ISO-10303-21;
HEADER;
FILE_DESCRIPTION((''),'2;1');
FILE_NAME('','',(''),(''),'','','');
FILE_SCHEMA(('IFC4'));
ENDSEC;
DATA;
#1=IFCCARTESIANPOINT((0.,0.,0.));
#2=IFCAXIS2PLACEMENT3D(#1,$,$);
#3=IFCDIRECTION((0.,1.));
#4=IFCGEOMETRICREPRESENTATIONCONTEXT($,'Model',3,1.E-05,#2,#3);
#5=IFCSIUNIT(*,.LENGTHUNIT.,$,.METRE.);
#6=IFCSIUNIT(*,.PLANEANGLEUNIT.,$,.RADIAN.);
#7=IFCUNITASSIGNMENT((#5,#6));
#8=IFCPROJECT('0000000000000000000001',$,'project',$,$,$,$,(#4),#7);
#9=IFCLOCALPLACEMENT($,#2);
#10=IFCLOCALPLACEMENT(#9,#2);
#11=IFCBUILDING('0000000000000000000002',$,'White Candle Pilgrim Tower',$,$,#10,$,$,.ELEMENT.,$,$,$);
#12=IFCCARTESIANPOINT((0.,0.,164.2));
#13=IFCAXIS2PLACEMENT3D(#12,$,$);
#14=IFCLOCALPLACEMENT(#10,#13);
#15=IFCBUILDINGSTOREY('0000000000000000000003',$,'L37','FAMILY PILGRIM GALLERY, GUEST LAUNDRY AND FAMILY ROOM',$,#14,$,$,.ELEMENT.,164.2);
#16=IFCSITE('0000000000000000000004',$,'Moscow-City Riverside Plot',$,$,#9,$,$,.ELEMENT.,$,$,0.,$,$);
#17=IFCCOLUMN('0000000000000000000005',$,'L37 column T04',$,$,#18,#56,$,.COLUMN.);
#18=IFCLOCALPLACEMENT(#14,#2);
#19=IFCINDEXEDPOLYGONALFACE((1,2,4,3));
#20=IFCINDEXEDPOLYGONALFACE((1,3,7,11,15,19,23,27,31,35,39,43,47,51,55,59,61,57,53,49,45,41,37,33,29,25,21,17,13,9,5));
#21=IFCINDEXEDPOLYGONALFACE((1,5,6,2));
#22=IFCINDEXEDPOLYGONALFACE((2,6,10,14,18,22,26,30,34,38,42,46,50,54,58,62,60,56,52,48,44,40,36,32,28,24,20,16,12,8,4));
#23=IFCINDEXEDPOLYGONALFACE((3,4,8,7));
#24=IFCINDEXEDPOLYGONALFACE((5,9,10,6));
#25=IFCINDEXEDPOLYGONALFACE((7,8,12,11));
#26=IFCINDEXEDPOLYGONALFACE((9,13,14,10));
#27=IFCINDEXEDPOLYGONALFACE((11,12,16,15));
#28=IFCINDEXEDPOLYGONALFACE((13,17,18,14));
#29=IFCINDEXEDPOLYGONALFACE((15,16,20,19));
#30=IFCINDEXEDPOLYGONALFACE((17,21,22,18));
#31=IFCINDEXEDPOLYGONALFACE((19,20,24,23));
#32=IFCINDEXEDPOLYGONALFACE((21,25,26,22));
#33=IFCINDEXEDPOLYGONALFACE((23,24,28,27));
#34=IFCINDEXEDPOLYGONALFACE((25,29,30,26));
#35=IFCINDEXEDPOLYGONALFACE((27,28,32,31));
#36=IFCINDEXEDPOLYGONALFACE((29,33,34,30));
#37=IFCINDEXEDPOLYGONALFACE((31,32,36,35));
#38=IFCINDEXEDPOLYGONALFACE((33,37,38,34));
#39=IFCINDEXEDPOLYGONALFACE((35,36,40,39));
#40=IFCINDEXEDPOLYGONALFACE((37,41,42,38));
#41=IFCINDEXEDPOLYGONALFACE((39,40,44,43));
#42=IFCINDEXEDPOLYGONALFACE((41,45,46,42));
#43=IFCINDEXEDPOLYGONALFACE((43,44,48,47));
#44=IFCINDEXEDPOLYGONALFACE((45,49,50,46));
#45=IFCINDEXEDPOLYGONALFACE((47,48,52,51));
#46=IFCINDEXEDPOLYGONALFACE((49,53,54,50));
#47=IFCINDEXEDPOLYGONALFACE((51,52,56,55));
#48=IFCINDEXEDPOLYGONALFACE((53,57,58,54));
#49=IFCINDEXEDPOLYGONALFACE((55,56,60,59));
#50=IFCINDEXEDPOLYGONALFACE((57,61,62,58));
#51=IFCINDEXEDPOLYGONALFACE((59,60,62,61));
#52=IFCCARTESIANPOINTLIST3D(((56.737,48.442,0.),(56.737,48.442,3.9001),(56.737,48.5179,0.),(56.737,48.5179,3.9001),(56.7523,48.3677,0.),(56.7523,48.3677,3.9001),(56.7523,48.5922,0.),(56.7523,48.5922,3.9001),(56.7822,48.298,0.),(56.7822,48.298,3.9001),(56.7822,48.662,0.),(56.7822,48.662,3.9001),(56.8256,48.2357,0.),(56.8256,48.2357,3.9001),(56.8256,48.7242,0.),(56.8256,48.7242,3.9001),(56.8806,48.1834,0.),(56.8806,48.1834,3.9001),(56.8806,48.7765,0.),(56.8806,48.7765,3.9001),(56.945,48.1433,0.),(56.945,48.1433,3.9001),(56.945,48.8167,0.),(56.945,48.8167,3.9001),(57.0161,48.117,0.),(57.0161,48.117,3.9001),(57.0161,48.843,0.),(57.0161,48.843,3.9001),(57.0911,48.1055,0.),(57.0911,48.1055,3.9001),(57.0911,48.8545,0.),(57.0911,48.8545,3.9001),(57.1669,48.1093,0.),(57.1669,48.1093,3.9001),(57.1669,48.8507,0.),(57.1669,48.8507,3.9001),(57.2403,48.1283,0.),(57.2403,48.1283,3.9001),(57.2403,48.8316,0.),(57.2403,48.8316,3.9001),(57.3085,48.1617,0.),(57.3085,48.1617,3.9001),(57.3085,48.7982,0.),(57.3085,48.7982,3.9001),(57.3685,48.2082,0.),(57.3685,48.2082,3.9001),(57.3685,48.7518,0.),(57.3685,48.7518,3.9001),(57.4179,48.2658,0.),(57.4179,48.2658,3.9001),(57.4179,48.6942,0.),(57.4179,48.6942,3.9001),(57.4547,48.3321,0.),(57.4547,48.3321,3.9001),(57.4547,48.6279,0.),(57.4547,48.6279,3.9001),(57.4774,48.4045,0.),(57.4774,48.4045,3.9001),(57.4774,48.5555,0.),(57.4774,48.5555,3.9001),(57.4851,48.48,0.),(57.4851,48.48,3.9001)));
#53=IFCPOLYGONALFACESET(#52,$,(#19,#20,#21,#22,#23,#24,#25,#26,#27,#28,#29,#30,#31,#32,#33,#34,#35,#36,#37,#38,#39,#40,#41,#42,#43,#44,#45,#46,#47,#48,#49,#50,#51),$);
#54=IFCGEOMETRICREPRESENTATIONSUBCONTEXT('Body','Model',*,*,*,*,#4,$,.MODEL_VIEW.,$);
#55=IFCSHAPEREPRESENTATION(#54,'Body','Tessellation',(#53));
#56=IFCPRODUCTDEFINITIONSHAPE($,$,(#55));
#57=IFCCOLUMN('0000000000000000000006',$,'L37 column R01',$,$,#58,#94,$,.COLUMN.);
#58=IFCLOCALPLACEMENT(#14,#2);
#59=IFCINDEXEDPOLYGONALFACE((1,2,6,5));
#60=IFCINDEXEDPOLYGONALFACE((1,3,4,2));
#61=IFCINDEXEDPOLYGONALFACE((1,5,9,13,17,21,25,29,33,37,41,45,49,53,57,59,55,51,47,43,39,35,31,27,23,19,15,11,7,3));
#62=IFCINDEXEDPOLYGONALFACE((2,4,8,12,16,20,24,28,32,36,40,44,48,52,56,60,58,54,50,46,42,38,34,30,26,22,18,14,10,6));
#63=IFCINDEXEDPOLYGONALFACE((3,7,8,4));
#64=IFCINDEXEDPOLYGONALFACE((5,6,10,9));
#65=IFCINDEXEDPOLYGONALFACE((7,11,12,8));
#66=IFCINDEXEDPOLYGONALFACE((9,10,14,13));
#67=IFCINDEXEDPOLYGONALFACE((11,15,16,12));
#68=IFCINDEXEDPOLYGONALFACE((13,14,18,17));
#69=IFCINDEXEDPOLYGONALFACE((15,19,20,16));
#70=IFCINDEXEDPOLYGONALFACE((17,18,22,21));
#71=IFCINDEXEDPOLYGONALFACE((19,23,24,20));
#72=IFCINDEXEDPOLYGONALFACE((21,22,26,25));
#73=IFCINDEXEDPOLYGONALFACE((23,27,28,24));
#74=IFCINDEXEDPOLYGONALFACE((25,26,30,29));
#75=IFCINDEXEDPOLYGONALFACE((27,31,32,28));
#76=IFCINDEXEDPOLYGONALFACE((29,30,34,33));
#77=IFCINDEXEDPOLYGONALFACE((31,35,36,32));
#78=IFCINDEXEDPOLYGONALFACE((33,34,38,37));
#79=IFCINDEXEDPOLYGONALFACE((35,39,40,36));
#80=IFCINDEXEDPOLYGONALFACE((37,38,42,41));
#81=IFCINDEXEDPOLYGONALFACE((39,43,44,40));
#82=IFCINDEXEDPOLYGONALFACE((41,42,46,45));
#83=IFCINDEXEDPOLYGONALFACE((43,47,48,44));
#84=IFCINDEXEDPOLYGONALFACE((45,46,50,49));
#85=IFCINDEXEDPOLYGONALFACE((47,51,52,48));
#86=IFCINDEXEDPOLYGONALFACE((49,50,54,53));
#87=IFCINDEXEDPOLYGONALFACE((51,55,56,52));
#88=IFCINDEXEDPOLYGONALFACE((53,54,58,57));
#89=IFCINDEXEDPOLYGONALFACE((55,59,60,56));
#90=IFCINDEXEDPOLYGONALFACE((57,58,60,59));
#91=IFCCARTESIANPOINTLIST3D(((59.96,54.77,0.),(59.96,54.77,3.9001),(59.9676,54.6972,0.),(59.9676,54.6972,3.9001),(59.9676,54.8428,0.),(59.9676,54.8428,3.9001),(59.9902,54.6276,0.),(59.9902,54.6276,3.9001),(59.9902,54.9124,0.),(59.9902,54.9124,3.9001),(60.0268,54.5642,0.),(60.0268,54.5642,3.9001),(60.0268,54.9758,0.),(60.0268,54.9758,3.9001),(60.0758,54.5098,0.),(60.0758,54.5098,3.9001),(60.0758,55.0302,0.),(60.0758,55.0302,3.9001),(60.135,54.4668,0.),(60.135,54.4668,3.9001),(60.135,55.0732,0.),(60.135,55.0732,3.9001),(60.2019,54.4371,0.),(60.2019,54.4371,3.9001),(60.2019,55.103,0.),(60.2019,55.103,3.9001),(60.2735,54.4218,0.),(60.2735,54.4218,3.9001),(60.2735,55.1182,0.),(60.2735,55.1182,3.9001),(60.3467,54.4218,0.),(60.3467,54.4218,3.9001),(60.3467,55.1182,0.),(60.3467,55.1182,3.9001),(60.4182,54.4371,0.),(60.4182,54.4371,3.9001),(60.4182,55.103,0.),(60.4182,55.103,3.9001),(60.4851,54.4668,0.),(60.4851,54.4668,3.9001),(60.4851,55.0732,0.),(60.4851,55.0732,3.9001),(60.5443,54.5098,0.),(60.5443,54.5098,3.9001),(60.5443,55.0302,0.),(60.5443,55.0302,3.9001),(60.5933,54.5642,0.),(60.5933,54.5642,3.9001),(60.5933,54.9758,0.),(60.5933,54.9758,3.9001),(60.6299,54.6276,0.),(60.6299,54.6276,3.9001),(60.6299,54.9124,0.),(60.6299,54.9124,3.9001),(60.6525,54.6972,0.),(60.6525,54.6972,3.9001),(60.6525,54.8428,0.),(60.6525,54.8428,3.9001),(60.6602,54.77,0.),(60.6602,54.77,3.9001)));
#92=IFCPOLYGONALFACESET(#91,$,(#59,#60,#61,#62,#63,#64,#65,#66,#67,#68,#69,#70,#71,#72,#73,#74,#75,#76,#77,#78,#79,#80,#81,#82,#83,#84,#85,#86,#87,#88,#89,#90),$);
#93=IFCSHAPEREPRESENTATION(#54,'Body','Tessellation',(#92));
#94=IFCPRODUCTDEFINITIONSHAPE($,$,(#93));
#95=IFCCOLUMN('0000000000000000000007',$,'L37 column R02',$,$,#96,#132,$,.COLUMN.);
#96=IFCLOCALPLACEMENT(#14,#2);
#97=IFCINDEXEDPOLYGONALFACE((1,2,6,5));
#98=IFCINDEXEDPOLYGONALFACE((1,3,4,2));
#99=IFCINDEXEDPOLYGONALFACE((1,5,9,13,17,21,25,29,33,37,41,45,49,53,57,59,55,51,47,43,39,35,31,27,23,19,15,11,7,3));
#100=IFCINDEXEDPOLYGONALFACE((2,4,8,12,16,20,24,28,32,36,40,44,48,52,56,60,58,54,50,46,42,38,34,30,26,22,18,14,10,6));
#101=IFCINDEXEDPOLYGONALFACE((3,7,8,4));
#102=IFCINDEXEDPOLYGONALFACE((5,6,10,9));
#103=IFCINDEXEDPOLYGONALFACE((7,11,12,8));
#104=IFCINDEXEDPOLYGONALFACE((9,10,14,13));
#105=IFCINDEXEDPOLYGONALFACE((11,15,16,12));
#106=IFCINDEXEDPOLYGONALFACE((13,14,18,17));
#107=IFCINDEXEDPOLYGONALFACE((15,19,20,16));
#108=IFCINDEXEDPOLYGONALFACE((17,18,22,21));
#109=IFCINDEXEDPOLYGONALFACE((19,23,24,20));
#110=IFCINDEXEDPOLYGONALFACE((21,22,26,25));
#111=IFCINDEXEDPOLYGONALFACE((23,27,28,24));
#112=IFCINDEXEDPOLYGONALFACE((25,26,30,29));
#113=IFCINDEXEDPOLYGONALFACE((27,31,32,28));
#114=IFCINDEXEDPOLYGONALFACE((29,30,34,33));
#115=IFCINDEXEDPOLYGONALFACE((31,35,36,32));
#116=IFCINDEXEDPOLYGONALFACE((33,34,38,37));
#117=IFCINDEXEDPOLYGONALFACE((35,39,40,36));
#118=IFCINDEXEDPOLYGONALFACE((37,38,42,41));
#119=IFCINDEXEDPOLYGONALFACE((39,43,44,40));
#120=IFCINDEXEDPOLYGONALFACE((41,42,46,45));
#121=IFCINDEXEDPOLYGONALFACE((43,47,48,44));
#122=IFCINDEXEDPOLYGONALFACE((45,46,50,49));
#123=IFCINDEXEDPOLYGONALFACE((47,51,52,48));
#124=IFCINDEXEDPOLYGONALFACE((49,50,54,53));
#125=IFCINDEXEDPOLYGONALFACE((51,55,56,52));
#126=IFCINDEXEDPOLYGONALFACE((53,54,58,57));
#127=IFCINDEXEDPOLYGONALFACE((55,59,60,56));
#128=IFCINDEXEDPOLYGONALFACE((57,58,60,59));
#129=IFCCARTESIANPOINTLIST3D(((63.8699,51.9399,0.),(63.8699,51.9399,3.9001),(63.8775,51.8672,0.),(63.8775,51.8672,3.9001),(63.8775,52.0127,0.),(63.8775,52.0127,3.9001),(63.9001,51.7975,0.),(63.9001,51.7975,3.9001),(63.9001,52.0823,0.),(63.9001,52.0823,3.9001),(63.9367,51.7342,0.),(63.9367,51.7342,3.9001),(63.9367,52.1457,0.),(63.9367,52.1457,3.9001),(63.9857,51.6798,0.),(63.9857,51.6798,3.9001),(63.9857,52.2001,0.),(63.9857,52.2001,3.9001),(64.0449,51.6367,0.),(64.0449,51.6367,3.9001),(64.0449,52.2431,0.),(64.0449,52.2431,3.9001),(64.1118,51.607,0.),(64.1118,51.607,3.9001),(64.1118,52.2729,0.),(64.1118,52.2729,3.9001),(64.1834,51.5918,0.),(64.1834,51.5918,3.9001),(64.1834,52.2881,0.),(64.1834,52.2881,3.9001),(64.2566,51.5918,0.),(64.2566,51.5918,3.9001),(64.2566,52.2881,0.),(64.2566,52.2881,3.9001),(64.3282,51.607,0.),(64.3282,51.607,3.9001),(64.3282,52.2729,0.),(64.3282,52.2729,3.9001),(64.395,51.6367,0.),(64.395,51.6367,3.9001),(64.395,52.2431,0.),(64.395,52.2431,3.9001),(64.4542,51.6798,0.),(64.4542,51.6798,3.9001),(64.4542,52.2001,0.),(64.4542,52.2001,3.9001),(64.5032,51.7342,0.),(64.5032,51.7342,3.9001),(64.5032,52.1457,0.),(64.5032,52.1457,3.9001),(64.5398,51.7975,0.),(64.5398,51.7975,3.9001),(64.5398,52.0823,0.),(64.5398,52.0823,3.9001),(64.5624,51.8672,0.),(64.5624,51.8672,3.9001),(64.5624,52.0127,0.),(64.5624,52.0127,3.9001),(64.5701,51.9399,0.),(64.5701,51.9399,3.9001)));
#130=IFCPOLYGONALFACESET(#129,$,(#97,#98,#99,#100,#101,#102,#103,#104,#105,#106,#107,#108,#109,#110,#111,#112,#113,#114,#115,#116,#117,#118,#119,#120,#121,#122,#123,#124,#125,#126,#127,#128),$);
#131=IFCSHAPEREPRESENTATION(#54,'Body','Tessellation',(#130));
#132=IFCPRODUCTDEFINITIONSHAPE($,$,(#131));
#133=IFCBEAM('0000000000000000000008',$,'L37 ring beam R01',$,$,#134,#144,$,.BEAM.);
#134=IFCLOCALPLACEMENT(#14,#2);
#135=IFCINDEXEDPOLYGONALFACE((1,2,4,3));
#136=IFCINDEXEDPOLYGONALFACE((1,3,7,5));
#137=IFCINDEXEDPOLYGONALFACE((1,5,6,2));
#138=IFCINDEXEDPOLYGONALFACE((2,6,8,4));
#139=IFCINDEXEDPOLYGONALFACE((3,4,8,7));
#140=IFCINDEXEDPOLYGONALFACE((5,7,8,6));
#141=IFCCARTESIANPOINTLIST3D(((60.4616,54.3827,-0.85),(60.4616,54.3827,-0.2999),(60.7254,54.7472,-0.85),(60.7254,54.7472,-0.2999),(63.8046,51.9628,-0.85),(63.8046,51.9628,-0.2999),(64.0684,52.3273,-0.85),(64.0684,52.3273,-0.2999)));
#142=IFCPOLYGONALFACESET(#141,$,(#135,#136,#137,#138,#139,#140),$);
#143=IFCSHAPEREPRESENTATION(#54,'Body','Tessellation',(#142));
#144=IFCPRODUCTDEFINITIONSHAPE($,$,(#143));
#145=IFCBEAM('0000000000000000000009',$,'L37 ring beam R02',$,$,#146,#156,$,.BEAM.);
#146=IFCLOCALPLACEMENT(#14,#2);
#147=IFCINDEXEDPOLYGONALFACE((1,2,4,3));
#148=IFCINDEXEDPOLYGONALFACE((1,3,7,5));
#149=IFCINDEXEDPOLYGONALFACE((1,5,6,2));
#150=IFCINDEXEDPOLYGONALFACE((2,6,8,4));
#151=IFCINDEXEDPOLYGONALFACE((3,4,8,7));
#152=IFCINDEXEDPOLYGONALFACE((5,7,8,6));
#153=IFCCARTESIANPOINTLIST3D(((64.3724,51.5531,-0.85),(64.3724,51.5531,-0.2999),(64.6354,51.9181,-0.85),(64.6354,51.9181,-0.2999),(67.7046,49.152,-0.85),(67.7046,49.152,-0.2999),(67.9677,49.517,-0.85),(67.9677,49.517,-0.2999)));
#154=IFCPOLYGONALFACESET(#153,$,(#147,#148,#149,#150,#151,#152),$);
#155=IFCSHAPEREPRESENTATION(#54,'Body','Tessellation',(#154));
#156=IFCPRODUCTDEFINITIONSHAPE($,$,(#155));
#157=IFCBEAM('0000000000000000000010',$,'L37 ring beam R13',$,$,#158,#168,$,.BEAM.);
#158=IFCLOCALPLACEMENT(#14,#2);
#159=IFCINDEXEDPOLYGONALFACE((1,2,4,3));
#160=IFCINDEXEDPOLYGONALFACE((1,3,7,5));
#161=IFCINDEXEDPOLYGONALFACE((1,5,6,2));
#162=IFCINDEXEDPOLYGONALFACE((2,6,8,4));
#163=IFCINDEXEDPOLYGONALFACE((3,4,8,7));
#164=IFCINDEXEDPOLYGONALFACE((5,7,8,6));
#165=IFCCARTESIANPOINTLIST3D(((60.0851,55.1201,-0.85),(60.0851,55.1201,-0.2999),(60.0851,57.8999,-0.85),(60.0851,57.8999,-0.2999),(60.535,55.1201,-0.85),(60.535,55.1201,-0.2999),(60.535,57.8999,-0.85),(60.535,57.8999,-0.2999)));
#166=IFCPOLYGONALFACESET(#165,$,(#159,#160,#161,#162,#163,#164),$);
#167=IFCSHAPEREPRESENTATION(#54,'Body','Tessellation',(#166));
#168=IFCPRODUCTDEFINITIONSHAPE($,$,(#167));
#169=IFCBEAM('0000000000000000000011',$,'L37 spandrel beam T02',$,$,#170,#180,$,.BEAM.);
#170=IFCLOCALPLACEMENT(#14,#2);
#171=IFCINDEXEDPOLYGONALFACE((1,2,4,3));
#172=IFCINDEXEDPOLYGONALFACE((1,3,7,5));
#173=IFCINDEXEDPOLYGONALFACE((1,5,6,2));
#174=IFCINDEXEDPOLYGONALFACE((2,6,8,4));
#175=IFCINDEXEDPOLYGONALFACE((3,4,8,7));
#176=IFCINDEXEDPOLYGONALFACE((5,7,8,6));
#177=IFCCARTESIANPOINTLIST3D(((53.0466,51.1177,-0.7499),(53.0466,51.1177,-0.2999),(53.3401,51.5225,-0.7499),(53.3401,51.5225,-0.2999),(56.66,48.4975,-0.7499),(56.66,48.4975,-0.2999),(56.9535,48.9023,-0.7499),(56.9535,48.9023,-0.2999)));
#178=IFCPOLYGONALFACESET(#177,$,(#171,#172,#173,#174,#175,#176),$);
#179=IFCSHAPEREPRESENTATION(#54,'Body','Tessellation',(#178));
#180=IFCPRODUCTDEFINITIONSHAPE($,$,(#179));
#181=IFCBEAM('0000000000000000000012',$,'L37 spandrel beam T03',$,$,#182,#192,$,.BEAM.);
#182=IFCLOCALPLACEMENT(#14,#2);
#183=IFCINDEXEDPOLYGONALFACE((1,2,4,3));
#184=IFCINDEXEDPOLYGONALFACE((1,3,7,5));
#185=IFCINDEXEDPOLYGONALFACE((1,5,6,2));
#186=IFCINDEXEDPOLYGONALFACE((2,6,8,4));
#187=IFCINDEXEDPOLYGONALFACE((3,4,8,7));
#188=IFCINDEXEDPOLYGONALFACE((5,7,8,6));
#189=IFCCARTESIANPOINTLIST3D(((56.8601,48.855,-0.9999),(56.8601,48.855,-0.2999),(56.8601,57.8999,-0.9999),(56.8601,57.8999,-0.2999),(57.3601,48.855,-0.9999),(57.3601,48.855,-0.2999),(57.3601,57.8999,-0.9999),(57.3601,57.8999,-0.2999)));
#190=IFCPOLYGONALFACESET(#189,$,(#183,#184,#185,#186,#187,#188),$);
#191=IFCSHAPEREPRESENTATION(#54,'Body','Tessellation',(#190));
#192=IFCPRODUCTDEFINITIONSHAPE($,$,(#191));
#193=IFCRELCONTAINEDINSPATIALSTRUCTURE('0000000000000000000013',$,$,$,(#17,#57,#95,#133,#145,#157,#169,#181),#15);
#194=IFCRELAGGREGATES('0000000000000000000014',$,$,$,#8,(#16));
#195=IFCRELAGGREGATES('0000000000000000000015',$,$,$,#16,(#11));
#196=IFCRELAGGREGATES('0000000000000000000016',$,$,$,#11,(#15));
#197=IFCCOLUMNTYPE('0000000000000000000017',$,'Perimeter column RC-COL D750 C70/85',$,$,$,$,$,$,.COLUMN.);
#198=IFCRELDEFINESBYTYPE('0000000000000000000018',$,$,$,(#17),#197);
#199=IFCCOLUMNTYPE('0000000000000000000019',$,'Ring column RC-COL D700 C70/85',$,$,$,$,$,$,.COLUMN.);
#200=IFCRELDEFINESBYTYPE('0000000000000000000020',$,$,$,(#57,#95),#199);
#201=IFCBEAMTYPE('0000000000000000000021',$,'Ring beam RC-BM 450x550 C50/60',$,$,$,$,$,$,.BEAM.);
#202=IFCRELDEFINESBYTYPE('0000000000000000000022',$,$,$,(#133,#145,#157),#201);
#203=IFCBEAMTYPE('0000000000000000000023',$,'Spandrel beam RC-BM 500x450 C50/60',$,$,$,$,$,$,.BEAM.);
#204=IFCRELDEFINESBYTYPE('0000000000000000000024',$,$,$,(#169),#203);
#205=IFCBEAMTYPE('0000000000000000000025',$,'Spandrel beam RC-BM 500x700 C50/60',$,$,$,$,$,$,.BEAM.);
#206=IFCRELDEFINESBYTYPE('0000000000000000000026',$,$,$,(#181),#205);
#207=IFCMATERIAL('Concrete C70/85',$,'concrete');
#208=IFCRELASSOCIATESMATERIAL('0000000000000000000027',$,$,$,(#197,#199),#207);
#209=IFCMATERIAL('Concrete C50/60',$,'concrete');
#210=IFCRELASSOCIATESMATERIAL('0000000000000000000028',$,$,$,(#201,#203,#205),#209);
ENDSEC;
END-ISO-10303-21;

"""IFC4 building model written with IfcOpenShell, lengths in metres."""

from ifc_helpers import new_model, si_unit, direction, frame, origin, origin_2d, place, context, subcontext, project, spatial, rectangle, circle, extrude, material, material_profile, profile_set, type_object, element, save


model = new_model("IFC4")

# Units and contexts
model_context = context("Model", 3, precision=1e-05, world=origin(), true_north=direction((0.0, 1.0)))
body_context = subcontext(model_context, "Body", "Model", "MODEL_VIEW")
ifc_project = project(units=[si_unit("LENGTHUNIT", "METRE"), si_unit("PLANEANGLEUNIT", "RADIAN")], contexts=[model_context])

# Site, building, storey
site_placement = place(None, origin())
site = spatial("IfcSite", under=ifc_project, at=site_placement, Name="Moscow-City Riverside Plot", CompositionType="ELEMENT", RefElevation=0.0)
building_placement = place(site_placement, origin())
building = spatial("IfcBuilding", under=site, at=building_placement, Name="White Candle Pilgrim Tower", CompositionType="ELEMENT")
storey_placement = place(building_placement, frame((0.0, 0.0, 164.2)))
storey = spatial("IfcBuildingStorey", under=building, at=storey_placement, Name="L37", Description="FAMILY PILGRIM GALLERY, GUEST LAUNDRY AND FAMILY ROOM", CompositionType="ELEMENT", Elevation=164.2)

# Columns
ifc_material_1 = material(Name="Concrete C70/85", Category="concrete")
ifc_material_profile_1 = material_profile(ifc_material_1, circle(Radius=0.375, at=origin_2d()), Name="RC-COL D750")
ifc_profile_set_1 = profile_set([ifc_material_profile_1], Name="Concrete C70/85")
column_type_1 = type_object("IfcColumnType", Name="Perimeter column RC-COL D750 C70/85", PredefinedType="COLUMN", material=ifc_profile_set_1)
column_placement = place(storey_placement, frame((57.1101, 48.48, 0.0), z_axis=(0.0, 0.0, 1.0), x_axis=(1.0, 0.0, 0.0)))
element("IfcColumn", 1, at=column_placement, inside=storey, type_object=column_type_1, Name="L37 column T04", PredefinedType="COLUMN", context=body_context, shape_type="SweptSolid", body=[
    extrude(circle(Radius=0.375, at=origin_2d()), origin(), (0.0, 0.0, 1.0), 3.9001),
])
ifc_material_profile_2 = material_profile(ifc_material_1, circle(Radius=0.3501, at=origin_2d()), Name="RC-COL D700")
ifc_profile_set_2 = profile_set([ifc_material_profile_2], Name="Concrete C70/85")
column_type_2 = type_object("IfcColumnType", Name="Ring column RC-COL D700 C70/85", PredefinedType="COLUMN", material=ifc_profile_set_2)
for number, where, z_axis, x_axis, name in (
    (2, (60.3101, 54.77, 0.0), (0.0, 0.0, 1.0), (1.0, 0.0, 0.0), "L37 column R01"),
    (3, (64.22, 51.9399, 0.0), (0.0, 0.0, 1.0), (1.0, 0.0, 0.0), "L37 column R02"),
):
    element("IfcColumn", number, at=place(storey_placement, frame(where, z_axis=z_axis, x_axis=x_axis)), inside=storey, type_object=column_type_2, Name=name, PredefinedType="COLUMN", context=body_context, shape_type="SweptSolid", body=[
        extrude(circle(Radius=0.3501, at=origin_2d()), origin(), (0.0, 0.0, 1.0), 3.9001),
    ])

# Beams
ifc_material_2 = material(Name="Concrete C50/60", Category="concrete")
ifc_material_profile_3 = material_profile(ifc_material_2, rectangle(XDim=0.45, YDim=0.55, at=origin_2d()), Name="RC-BM 450x550")
ifc_profile_set_3 = profile_set([ifc_material_profile_3], Name="Concrete C50/60")
beam_type_1 = type_object("IfcBeamType", Name="Ring beam RC-BM 450x550 C50/60", PredefinedType="BEAM", material=ifc_profile_set_3)
beam_1_placement = place(storey_placement, frame((60.5935, 54.5649, -0.575), z_axis=(0.810044, -0.586369, 0.0), x_axis=(0.586369, 0.810044, 0.0)))
element("IfcBeam", 4, at=beam_1_placement, inside=storey, type_object=beam_type_1, Name="L37 ring beam R01", PredefinedType="BEAM", context=body_context, shape_type="SweptSolid", body=[
    extrude(rectangle(XDim=0.45, YDim=0.55, at=origin_2d()), origin(), (0.0, 0.0, 1.0), 4.127),
])
beam_2_placement = place(storey_placement, frame((64.5039, 51.7356, -0.575), z_axis=(0.811317, -0.584607, 0.0), x_axis=(0.584607, 0.811317, 0.0)))
element("IfcBeam", 5, at=beam_2_placement, inside=storey, type_object=beam_type_1, Name="L37 ring beam R02", PredefinedType="BEAM", context=body_context, shape_type="SweptSolid", body=[
    extrude(rectangle(XDim=0.45, YDim=0.55, at=origin_2d()), origin(), (0.0, 0.0, 1.0), 4.1072),
])
beam_3_placement = place(storey_placement, frame((60.3101, 55.1201, -0.575), z_axis=(0.0, 1.0, 0.0), x_axis=(-1.0, 0.0, 0.0)))
element("IfcBeam", 6, at=beam_3_placement, inside=storey, type_object=beam_type_1, Name="L37 ring beam R13", PredefinedType="BEAM", context=body_context, shape_type="SweptSolid", body=[
    extrude(rectangle(XDim=0.45, YDim=0.55, at=origin_2d()), origin(), (0.0, 0.0, 1.0), 2.7798),
])
ifc_material_profile_4 = material_profile(ifc_material_2, rectangle(XDim=0.5, YDim=0.45, at=origin_2d()), Name="RC-BM 500x450")
ifc_profile_set_4 = profile_set([ifc_material_profile_4], Name="Concrete C50/60")
beam_type_2 = type_object("IfcBeamType", Name="Spandrel beam RC-BM 500x450 C50/60", PredefinedType="BEAM", material=ifc_profile_set_4)
beam_4_placement = place(storey_placement, frame((53.1934, 51.3201, -0.5249), z_axis=(0.809558, -0.587039, 0.0), x_axis=(0.587039, 0.809558, 0.0)))
element("IfcBeam", 7, at=beam_4_placement, inside=storey, type_object=beam_type_2, Name="L37 spandrel beam T02", PredefinedType="BEAM", context=body_context, shape_type="SweptSolid", body=[
    extrude(rectangle(XDim=0.5, YDim=0.45, at=origin_2d()), origin(), (0.0, 0.0, 1.0), 4.4634),
])
ifc_material_profile_5 = material_profile(ifc_material_2, rectangle(XDim=0.5, YDim=0.7, at=origin_2d()), Name="RC-BM 500x700")
ifc_profile_set_5 = profile_set([ifc_material_profile_5], Name="Concrete C50/60")
beam_type_3 = type_object("IfcBeamType", Name="Spandrel beam RC-BM 500x700 C50/60", PredefinedType="BEAM", material=ifc_profile_set_5)
beam_5_placement = place(storey_placement, frame((57.1101, 48.855, -0.6499), z_axis=(0.0, 1.0, 0.0), x_axis=(-1.0, 0.0, 0.0)))
element("IfcBeam", 8, at=beam_5_placement, inside=storey, type_object=beam_type_3, Name="L37 spandrel beam T03", PredefinedType="BEAM", context=body_context, shape_type="SweptSolid", body=[
    extrude(rectangle(XDim=0.5, YDim=0.7, at=origin_2d()), origin(), (0.0, 0.0, 1.0), 9.0449),
])

save(model, "model.ifc")
